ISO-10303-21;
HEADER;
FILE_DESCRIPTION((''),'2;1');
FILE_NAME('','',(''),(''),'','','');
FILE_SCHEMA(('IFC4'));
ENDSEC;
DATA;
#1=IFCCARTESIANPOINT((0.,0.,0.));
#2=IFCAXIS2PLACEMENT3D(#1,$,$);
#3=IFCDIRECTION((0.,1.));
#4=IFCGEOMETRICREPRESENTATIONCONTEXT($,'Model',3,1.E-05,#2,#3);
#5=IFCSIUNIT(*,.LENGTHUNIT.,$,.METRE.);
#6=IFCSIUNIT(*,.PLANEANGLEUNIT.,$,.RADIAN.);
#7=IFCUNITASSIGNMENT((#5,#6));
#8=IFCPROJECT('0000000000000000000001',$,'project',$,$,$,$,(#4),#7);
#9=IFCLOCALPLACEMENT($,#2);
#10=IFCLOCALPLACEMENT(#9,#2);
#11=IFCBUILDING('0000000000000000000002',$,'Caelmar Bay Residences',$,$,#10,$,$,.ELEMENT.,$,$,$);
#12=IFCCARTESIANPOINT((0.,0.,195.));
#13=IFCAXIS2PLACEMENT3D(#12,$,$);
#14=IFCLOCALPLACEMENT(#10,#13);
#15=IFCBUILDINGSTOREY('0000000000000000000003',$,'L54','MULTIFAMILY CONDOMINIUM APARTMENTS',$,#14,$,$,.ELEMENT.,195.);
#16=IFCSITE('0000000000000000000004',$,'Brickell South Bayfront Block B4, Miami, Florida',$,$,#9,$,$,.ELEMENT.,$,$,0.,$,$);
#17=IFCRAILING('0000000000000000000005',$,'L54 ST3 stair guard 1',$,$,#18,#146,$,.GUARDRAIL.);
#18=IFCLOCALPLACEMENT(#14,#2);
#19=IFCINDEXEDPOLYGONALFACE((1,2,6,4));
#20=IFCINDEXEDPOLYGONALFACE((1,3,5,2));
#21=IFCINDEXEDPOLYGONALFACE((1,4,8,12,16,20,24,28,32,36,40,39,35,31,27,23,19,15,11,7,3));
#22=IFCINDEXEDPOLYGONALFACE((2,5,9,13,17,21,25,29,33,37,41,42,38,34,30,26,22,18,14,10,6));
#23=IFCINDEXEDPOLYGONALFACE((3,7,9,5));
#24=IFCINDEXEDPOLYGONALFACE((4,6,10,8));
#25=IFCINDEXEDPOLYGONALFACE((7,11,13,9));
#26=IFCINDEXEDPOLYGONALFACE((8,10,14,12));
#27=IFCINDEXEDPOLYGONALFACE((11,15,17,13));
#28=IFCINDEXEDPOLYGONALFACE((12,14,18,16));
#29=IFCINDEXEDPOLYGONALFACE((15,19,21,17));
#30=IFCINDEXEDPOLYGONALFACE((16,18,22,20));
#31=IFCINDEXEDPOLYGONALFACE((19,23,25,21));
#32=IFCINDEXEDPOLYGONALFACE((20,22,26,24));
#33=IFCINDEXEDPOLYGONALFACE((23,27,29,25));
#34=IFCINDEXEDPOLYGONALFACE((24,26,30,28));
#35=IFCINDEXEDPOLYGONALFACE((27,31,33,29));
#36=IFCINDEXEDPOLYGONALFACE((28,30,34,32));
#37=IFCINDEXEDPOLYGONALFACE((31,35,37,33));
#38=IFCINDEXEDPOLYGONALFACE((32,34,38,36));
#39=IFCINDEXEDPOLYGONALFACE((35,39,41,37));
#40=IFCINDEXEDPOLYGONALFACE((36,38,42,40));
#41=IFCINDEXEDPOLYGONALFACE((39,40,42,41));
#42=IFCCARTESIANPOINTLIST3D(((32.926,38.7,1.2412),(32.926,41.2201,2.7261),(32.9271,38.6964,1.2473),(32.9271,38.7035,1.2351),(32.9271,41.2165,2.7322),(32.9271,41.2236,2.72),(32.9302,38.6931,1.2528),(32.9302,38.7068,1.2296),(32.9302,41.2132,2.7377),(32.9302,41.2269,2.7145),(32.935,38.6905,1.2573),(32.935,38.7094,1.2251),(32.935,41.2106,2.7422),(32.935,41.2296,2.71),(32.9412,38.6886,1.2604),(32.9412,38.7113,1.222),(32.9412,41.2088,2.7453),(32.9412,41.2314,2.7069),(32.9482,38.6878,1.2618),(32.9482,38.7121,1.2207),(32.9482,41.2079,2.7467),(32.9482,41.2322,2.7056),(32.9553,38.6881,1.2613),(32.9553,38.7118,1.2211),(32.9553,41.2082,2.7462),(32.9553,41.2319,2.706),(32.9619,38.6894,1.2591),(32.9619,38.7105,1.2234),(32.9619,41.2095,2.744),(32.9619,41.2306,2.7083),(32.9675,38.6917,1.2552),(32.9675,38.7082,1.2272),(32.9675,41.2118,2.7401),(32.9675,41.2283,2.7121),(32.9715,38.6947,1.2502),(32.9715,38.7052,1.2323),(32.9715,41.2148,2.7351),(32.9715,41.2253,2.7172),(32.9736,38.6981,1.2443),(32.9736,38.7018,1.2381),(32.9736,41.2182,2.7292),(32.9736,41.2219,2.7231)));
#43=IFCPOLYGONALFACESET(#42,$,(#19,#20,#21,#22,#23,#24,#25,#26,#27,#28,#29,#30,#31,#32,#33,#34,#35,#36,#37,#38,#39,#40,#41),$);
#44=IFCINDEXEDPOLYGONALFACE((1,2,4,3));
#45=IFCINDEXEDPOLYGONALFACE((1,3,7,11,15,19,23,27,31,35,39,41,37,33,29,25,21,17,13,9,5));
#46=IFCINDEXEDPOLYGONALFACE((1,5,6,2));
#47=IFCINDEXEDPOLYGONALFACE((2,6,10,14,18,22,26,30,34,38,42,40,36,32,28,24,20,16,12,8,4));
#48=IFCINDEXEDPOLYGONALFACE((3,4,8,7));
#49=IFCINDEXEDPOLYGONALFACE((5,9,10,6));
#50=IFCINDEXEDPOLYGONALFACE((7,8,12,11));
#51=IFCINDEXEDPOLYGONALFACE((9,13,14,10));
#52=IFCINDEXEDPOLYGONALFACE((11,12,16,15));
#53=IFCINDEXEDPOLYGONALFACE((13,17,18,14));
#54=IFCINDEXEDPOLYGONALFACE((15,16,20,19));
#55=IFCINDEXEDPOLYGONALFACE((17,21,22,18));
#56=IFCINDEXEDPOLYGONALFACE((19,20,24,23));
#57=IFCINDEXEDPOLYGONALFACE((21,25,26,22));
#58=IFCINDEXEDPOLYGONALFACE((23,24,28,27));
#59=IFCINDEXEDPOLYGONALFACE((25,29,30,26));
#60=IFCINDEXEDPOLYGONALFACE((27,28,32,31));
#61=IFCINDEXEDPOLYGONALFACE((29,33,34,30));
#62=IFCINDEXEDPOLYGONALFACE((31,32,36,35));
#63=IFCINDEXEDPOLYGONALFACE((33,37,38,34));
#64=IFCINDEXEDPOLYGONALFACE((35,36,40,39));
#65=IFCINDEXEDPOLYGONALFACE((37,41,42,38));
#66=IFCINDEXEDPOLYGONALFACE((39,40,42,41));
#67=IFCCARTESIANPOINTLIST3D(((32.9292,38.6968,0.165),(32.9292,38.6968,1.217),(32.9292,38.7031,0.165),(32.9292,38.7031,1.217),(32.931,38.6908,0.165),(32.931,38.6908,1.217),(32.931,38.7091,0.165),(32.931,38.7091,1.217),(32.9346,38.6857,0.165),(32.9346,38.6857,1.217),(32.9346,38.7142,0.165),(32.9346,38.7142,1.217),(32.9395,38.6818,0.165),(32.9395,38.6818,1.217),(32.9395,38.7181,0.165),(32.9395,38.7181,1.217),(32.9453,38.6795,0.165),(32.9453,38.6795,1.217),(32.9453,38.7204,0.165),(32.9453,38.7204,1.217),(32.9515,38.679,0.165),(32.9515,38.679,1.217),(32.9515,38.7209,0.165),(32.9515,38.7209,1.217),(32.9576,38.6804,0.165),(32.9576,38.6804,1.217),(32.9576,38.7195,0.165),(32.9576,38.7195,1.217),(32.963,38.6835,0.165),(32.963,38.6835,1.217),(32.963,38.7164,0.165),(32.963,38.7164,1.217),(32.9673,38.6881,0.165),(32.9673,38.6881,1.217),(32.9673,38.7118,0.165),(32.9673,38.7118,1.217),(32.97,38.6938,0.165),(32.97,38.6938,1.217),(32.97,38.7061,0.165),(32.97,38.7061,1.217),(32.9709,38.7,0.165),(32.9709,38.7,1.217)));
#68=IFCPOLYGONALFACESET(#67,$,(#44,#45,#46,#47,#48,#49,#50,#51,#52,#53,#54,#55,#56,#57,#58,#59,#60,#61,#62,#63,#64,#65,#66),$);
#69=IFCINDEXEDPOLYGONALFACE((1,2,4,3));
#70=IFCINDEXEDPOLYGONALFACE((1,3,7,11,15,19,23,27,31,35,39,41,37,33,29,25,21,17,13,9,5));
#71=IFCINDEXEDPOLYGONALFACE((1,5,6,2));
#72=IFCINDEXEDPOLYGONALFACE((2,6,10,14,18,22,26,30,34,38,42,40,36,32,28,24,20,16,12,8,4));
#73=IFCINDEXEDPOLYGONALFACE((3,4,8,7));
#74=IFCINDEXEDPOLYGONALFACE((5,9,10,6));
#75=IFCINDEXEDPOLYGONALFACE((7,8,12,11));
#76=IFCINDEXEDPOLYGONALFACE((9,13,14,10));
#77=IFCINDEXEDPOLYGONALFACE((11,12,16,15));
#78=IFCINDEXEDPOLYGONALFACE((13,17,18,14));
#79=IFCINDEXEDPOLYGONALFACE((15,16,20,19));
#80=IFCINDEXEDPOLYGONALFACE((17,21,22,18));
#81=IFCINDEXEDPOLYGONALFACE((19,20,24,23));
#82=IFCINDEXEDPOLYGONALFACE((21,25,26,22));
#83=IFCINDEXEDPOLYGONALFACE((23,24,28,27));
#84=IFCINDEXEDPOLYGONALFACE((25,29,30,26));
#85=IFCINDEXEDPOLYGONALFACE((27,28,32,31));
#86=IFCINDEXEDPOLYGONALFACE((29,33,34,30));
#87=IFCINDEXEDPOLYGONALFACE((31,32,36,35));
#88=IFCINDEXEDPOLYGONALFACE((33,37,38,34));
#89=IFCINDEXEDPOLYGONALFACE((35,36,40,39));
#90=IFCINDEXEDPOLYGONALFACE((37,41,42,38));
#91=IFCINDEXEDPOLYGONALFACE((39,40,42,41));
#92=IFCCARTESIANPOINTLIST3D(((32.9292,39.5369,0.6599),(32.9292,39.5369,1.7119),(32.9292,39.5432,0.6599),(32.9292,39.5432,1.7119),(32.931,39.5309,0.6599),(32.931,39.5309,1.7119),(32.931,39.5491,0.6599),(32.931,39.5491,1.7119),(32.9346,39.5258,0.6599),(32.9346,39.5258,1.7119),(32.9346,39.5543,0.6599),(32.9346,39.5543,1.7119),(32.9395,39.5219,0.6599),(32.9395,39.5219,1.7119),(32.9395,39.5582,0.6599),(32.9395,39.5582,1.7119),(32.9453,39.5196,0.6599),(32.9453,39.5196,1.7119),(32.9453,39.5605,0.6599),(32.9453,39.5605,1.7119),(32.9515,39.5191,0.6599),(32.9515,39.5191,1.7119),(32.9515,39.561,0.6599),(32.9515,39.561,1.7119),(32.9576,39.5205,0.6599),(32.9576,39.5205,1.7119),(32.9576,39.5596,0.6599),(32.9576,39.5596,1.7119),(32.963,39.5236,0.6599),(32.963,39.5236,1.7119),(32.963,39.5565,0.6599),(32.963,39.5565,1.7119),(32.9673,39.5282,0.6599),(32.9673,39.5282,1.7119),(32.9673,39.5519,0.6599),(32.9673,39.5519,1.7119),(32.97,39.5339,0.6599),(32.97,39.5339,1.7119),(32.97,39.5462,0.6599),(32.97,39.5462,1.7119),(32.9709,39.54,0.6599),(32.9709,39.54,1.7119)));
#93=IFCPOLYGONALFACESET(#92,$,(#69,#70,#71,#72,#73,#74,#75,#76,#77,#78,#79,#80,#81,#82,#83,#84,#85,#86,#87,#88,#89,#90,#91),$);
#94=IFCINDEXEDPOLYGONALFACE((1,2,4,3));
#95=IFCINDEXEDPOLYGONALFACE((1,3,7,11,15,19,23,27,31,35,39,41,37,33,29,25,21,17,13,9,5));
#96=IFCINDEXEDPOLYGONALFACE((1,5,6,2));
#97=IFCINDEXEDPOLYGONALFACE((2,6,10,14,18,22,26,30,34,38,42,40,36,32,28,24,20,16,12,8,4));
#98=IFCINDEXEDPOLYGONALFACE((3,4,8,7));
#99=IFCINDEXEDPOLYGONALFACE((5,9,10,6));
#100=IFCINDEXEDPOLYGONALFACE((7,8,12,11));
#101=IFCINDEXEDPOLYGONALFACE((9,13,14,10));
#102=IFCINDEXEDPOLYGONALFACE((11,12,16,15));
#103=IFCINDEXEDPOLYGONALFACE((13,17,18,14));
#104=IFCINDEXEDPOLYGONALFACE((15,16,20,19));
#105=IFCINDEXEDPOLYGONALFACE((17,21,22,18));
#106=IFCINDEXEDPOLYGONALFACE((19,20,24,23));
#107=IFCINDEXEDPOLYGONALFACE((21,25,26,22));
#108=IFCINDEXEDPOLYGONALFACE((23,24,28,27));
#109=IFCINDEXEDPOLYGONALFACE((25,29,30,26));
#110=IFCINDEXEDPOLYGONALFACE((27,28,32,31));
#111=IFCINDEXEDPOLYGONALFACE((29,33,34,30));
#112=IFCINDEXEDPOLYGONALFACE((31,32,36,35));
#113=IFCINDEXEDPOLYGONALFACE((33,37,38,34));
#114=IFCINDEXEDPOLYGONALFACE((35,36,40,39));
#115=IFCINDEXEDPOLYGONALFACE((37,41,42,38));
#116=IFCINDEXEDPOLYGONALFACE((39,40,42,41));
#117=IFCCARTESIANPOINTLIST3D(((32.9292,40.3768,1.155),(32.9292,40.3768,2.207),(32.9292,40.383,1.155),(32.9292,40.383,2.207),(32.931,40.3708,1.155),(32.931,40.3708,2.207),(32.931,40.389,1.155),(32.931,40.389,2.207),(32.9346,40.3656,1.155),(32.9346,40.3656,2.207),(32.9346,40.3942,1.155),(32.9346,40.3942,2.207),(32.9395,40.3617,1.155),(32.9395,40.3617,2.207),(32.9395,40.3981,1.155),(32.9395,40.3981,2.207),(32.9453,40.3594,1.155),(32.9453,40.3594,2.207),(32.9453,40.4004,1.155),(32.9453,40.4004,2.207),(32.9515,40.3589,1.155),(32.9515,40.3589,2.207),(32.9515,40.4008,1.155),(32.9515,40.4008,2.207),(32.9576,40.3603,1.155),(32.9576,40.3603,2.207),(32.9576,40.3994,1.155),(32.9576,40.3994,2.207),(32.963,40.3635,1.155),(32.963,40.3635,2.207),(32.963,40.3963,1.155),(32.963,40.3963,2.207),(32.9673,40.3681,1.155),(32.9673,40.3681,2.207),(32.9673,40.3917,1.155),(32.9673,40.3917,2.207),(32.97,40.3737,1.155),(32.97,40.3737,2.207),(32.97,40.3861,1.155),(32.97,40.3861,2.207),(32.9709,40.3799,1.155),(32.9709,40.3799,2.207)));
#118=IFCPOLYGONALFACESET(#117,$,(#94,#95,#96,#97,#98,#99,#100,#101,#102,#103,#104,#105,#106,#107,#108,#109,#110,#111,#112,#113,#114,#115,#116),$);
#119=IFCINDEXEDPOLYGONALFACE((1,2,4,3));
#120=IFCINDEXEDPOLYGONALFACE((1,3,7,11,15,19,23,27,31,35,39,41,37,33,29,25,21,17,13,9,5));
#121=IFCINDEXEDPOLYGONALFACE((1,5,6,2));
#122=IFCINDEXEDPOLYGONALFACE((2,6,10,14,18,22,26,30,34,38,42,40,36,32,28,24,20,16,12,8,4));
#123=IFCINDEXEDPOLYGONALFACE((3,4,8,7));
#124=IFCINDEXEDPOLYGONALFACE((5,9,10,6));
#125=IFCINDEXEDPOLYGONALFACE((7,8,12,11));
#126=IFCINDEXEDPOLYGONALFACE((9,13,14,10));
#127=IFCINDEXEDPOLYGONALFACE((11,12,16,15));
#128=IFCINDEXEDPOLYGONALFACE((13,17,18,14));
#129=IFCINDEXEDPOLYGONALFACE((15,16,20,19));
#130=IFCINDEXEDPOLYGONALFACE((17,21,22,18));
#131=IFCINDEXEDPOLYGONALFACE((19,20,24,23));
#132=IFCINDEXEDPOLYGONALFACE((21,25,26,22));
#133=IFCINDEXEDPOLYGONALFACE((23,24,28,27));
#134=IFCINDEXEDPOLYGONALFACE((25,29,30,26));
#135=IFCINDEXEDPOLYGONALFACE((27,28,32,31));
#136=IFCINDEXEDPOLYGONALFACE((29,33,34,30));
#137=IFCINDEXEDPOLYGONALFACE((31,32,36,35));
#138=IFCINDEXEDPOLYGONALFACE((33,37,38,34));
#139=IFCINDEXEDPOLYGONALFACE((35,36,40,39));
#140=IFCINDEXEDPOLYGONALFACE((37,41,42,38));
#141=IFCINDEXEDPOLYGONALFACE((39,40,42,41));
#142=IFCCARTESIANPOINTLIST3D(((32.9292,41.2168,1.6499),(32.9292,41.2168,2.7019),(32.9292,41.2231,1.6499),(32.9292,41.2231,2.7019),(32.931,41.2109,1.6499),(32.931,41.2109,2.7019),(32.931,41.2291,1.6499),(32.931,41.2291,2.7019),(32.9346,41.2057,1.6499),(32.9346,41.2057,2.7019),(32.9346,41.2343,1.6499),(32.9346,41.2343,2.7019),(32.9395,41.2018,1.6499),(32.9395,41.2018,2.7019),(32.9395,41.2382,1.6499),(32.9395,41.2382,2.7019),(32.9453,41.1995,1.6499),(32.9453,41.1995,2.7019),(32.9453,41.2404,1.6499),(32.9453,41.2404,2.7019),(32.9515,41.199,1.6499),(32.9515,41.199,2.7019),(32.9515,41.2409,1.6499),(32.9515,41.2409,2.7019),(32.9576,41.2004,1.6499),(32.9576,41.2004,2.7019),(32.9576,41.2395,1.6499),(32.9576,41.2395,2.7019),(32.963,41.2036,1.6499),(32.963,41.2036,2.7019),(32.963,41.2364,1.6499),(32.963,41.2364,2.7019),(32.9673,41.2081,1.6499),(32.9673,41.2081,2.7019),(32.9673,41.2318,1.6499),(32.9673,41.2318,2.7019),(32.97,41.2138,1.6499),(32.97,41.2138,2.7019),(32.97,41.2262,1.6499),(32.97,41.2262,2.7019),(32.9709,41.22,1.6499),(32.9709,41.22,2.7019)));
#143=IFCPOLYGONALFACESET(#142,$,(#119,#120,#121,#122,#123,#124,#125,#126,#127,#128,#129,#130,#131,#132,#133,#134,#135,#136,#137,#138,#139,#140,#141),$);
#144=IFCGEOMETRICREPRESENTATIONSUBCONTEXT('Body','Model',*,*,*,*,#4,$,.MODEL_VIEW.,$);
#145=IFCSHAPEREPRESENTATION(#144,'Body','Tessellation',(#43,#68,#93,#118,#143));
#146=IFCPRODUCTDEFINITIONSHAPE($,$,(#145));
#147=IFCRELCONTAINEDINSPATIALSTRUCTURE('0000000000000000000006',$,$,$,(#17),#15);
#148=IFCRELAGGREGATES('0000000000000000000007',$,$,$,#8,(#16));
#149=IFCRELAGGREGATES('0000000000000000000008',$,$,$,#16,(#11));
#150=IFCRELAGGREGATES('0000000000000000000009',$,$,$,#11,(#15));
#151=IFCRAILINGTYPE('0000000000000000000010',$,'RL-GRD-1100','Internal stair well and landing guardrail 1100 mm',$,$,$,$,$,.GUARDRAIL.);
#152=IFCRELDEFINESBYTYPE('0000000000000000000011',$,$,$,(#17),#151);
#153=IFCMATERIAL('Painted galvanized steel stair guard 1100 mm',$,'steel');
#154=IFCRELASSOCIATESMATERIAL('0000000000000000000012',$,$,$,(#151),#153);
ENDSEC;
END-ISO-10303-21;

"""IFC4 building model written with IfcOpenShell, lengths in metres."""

from ifc_helpers import new_model, si_unit, direction, frame, origin, origin_2d, place, context, subcontext, project, spatial, circle, extrude, material, type_object, element, save


model = new_model("IFC4")

# Units and contexts
model_context = context("Model", 3, precision=1e-05, world=origin(), true_north=direction((0.0, 1.0)))
body_context = subcontext(model_context, "Body", "Model", "MODEL_VIEW")
ifc_project = project(units=[si_unit("LENGTHUNIT", "METRE"), si_unit("PLANEANGLEUNIT", "RADIAN")], contexts=[model_context])

# Site, building, storey
site_placement = place(None, origin())
site = spatial("IfcSite", under=ifc_project, at=site_placement, Name="Brickell South Bayfront Block B4, Miami, Florida", CompositionType="ELEMENT", RefElevation=0.0)
building_placement = place(site_placement, origin())
building = spatial("IfcBuilding", under=site, at=building_placement, Name="Caelmar Bay Residences", CompositionType="ELEMENT")
storey_placement = place(building_placement, frame((0.0, 0.0, 195.0)))
storey = spatial("IfcBuildingStorey", under=building, at=storey_placement, Name="L54", Description="MULTIFAMILY CONDOMINIUM APARTMENTS", CompositionType="ELEMENT", Elevation=195.0)

# Railing
ifc_material_1 = material(Name="Painted galvanized steel stair guard 1100 mm", Category="steel")
railing_type_1 = type_object("IfcRailingType", Name="RL-GRD-1100", Description="Internal stair well and landing guardrail 1100 mm", PredefinedType="GUARDRAIL", material=ifc_material_1)
railing_1_placement = place(storey_placement, frame((32.95, 38.7, 0.165)))
element("IfcRailing", 1, at=railing_1_placement, inside=storey, type_object=railing_type_1, Name="L54 ST3 stair guard 1", PredefinedType="GUARDRAIL", context=body_context, shape_type="SweptSolid", body=[
    extrude(circle(Radius=0.0239, at=origin_2d()), frame((0.0, 0.0, 1.0762), z_axis=(0.0, 0.861561, 0.507655), x_axis=(-1.0, 0.0, 0.0)), (0.0, 0.0, 1.0), 2.925),
    extrude(circle(Radius=0.021, at=origin_2d()), origin(), (0.0, 0.0, 1.0), 1.052),
    extrude(circle(Radius=0.021, at=origin_2d()), frame((0.0, 0.8401, 0.4949)), (0.0, 0.0, 1.0), 1.052),
    extrude(circle(Radius=0.021, at=origin_2d()), frame((0.0, 1.6799, 0.99)), (0.0, 0.0, 1.0), 1.052),
    extrude(circle(Radius=0.021, at=origin_2d()), frame((0.0, 2.52, 1.4849)), (0.0, 0.0, 1.0), 1.052),
])

save(model, "model.ifc")
